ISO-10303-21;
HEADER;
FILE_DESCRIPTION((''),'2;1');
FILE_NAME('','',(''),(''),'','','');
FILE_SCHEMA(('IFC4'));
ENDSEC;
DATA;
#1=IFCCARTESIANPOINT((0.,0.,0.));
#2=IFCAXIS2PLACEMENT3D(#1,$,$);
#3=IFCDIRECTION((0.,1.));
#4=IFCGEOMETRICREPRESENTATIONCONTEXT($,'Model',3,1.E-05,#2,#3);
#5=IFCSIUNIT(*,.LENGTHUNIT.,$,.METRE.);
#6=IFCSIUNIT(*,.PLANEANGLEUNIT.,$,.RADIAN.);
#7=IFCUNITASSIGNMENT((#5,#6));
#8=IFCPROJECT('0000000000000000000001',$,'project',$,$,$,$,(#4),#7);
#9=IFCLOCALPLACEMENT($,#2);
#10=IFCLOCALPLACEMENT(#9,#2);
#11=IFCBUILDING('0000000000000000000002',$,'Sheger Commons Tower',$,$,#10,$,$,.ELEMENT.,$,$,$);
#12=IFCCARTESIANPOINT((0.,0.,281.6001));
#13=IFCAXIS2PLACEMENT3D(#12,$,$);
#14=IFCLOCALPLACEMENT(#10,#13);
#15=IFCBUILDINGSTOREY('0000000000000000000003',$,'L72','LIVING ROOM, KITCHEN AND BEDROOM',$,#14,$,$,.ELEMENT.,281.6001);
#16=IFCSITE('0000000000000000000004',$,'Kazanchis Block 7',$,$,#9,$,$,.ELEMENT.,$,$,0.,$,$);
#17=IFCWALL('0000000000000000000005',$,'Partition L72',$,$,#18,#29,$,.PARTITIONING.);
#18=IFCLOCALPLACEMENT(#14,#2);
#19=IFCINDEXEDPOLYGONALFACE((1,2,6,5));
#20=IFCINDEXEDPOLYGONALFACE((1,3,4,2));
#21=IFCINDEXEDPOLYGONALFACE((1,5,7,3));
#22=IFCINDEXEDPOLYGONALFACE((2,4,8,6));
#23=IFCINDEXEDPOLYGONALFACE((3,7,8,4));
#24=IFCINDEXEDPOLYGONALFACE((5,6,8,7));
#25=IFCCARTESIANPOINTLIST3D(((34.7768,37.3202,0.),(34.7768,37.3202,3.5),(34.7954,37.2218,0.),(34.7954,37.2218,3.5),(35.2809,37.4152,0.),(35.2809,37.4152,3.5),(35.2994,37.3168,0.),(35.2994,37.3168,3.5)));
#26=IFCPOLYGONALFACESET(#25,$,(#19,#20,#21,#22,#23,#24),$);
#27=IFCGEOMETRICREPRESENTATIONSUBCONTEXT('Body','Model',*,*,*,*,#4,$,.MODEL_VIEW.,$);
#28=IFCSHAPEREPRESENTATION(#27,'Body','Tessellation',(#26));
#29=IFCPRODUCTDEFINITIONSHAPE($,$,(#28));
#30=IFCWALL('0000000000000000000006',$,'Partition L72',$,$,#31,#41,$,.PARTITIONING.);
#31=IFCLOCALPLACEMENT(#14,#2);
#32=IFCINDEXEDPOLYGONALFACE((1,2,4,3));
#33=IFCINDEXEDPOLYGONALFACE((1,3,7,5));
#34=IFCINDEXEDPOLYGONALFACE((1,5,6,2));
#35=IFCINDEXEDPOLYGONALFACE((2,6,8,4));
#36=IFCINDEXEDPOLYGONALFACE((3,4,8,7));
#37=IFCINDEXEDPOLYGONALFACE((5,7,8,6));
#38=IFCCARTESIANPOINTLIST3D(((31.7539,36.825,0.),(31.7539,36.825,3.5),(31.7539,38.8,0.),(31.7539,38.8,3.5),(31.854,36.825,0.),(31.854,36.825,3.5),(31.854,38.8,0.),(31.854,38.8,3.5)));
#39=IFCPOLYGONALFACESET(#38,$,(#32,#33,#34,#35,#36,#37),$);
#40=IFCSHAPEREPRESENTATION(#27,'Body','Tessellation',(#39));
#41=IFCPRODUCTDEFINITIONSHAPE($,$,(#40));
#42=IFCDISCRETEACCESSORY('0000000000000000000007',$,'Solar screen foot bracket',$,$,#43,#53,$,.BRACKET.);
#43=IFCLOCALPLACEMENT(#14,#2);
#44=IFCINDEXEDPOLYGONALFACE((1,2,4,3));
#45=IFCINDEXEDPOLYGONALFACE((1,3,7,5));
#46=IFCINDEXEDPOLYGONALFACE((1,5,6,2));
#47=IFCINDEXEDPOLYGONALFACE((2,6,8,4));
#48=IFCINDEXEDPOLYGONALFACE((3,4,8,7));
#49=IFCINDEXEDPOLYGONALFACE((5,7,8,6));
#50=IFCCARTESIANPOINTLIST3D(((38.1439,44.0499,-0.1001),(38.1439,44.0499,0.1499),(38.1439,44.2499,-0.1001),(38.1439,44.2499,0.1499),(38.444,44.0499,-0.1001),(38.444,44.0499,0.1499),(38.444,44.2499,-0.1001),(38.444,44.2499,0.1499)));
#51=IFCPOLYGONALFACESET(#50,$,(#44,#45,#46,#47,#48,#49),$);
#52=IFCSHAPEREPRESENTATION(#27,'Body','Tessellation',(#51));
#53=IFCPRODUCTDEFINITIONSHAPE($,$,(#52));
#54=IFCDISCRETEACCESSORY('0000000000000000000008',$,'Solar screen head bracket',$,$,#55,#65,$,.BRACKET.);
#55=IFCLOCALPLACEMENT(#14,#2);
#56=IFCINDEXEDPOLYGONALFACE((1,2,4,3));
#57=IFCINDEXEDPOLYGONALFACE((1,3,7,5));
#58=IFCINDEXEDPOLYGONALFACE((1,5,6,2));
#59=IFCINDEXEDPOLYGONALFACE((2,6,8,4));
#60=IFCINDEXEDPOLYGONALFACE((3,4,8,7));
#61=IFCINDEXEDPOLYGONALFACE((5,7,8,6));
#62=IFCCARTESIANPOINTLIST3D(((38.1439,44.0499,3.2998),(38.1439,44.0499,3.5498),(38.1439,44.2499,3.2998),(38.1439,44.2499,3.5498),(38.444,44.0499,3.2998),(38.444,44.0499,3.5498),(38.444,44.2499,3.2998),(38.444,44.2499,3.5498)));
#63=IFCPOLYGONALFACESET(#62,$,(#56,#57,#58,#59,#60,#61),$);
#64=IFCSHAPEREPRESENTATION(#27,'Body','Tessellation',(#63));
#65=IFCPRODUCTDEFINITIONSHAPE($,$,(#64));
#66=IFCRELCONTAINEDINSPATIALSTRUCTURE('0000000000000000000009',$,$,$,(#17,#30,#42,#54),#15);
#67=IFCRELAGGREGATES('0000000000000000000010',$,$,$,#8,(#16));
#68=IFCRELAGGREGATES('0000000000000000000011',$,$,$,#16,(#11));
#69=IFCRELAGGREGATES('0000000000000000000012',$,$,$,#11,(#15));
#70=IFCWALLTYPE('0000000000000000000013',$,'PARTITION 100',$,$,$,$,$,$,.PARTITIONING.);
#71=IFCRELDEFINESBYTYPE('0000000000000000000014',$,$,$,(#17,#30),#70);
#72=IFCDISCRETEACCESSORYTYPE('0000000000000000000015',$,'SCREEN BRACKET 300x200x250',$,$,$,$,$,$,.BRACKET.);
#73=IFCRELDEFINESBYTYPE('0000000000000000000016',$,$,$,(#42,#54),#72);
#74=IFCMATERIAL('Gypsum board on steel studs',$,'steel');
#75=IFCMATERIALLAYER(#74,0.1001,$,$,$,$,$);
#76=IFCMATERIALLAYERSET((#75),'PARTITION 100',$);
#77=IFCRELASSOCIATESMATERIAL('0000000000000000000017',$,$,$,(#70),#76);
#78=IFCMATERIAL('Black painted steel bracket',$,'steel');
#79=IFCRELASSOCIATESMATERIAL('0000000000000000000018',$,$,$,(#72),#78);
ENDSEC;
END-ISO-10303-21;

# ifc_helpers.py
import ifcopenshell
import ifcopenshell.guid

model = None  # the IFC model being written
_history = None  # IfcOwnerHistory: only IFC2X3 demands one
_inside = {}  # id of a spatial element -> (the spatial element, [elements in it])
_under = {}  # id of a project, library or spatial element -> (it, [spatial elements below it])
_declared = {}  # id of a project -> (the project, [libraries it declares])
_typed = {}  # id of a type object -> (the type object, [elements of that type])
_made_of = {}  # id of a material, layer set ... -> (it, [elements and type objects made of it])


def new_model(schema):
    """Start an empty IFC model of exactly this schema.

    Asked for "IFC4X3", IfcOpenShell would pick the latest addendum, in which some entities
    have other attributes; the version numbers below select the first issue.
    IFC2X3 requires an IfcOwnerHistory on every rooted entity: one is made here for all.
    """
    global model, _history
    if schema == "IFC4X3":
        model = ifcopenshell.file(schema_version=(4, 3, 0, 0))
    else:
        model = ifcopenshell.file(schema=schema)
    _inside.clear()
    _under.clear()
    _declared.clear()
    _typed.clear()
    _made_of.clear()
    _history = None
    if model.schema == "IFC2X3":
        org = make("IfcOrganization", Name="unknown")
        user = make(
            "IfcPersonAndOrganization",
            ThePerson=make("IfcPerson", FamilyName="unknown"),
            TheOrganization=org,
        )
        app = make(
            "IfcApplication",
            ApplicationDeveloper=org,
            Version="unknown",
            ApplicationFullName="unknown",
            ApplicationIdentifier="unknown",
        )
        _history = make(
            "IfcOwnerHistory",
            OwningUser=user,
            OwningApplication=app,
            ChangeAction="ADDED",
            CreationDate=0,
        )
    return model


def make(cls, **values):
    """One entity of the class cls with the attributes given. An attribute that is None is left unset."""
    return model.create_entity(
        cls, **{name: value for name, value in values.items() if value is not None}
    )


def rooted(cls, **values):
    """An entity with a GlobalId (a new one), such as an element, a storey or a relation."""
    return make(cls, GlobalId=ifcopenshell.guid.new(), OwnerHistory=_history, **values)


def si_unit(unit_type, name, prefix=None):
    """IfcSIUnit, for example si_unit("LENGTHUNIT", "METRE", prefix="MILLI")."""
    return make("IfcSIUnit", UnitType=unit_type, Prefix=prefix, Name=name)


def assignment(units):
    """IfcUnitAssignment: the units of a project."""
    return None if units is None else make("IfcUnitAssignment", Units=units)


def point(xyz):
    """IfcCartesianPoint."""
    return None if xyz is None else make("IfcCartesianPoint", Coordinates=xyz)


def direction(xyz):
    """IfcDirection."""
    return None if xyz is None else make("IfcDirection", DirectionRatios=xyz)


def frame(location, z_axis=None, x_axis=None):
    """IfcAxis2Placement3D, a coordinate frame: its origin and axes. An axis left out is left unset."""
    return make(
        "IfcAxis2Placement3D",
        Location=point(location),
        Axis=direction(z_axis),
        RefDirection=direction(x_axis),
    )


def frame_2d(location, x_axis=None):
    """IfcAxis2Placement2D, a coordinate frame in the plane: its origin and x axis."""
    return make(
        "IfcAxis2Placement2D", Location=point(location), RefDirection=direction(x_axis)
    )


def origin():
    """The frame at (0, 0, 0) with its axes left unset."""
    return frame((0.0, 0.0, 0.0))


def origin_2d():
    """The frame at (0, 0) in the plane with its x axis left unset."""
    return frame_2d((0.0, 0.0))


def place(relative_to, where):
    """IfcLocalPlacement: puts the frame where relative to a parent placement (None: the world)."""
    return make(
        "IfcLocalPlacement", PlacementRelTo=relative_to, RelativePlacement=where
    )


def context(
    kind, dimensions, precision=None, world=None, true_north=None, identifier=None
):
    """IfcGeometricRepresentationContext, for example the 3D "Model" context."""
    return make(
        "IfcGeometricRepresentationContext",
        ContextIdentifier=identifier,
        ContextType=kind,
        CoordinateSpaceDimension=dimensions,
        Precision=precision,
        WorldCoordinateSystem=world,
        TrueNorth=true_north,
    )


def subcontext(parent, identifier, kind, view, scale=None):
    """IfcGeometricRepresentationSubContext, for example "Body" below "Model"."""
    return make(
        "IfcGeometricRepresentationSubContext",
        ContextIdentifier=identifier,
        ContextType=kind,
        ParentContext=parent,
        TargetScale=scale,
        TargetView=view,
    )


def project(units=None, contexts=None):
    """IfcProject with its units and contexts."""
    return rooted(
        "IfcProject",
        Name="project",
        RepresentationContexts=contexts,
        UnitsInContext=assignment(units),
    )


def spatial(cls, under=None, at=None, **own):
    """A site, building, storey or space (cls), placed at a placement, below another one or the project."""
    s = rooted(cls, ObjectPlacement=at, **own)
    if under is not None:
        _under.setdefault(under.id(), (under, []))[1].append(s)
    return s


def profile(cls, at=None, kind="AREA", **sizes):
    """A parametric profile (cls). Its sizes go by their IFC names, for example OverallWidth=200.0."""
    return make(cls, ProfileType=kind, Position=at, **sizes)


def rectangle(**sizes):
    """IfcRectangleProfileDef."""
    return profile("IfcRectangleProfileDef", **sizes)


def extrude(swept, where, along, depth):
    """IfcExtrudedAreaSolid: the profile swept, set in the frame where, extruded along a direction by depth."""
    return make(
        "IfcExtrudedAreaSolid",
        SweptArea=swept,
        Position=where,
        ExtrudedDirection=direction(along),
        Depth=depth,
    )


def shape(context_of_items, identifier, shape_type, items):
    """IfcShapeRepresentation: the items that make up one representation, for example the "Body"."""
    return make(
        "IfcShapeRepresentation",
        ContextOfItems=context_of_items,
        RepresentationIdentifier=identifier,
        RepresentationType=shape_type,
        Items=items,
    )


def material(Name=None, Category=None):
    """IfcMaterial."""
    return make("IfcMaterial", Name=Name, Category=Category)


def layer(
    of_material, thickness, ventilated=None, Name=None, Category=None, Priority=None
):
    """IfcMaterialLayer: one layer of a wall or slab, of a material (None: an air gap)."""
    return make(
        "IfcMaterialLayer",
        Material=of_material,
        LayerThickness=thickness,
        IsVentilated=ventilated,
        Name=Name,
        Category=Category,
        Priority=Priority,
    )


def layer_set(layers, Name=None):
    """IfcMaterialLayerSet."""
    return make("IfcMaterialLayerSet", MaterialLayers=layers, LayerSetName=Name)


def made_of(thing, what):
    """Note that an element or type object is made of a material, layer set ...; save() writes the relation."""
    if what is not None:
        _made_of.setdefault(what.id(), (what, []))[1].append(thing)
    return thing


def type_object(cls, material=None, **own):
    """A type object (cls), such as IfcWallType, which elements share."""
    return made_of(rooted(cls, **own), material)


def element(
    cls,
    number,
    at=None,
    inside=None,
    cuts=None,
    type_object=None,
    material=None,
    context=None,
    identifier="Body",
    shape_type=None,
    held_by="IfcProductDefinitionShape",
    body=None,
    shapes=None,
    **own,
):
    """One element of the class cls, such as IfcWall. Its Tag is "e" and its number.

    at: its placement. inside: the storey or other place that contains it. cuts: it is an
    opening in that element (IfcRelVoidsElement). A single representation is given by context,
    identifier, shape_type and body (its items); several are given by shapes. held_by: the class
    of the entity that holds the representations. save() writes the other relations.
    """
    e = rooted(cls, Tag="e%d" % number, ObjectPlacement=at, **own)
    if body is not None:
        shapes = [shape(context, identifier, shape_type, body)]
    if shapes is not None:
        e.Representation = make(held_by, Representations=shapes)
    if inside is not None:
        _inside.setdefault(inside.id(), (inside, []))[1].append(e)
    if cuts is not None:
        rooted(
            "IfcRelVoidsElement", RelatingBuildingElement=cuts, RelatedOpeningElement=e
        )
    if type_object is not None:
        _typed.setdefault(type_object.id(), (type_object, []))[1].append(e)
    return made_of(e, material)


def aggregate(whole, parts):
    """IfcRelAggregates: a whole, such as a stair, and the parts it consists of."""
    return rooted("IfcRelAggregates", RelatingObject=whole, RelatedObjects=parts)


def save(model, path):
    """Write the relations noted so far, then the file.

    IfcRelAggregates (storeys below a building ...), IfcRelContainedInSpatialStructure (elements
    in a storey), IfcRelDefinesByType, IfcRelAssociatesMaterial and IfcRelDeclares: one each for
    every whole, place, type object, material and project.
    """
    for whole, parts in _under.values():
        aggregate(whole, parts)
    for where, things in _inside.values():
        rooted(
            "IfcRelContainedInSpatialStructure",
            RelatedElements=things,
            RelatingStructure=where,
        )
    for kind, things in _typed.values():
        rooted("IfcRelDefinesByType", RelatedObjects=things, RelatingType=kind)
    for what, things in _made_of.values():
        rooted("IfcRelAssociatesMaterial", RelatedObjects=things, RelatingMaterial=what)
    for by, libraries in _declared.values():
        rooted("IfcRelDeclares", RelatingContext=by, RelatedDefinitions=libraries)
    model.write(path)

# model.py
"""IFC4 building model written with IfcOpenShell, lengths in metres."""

from ifc_helpers import new_model, si_unit, direction, frame, frame_2d, origin, origin_2d, place, context, subcontext, project, spatial, rectangle, extrude, material, layer, layer_set, type_object, element, save


model = new_model("IFC4")

# Units and contexts
model_context = context("Model", 3, precision=1e-05, world=origin(), true_north=direction((0.0, 1.0)))
body_context = subcontext(model_context, "Body", "Model", "MODEL_VIEW")
ifc_project = project(units=[si_unit("LENGTHUNIT", "METRE"), si_unit("PLANEANGLEUNIT", "RADIAN")], contexts=[model_context])

# Site, building, storey
site_placement = place(None, origin())
site = spatial("IfcSite", under=ifc_project, at=site_placement, Name="Kazanchis Block 7", CompositionType="ELEMENT", RefElevation=0.0)
building_placement = place(site_placement, origin())
building = spatial("IfcBuilding", under=site, at=building_placement, Name="Sheger Commons Tower", CompositionType="ELEMENT")
storey_placement = place(building_placement, frame((0.0, 0.0, 281.6001)))
storey = spatial("IfcBuildingStorey", under=building, at=storey_placement, Name="L72", Description="LIVING ROOM, KITCHEN AND BEDROOM", CompositionType="ELEMENT", Elevation=281.6001)

# Shared definitions
ifc_material_1 = material(Name="Gypsum board on steel studs", Category="steel")
ifc_layer_1 = layer(ifc_material_1, 0.1001)
ifc_layer_set_1 = layer_set([ifc_layer_1], Name="PARTITION 100")
wall_type_1 = type_object("IfcWallType", Name="PARTITION 100", PredefinedType="PARTITIONING", material=ifc_layer_set_1)

# Walls
wall_1_placement = place(storey_placement, frame((35.29, 37.366, 0.0), z_axis=(0.0, 0.0, 1.0), x_axis=(-0.982716, -0.185122, 0.0)))
element("IfcWall", 1, at=wall_1_placement, inside=storey, type_object=wall_type_1, Name="Partition L72", PredefinedType="PARTITIONING", context=body_context, shape_type="SweptSolid", body=[
    extrude(rectangle(XDim=0.5129, YDim=0.1001, at=frame_2d((0.2563, 0.0))), origin(), (0.0, 0.0, 1.0), 3.5),
])
wall_2_placement = place(storey_placement, frame((31.804, 36.825, 0.0), z_axis=(0.0, 0.0, 1.0), x_axis=(0.0, 1.0, 0.0)))
element("IfcWall", 2, at=wall_2_placement, inside=storey, type_object=wall_type_1, Name="Partition L72", PredefinedType="PARTITIONING", context=body_context, shape_type="SweptSolid", body=[
    extrude(rectangle(XDim=1.9751, YDim=0.1001, at=frame_2d((0.9875, 0.0))), origin(), (0.0, 0.0, 1.0), 3.5),
])

# Discrete accessories
ifc_material_2 = material(Name="Black painted steel bracket", Category="steel")
discrete_accessory_type = type_object("IfcDiscreteAccessoryType", Name="SCREEN BRACKET 300x200x250", PredefinedType="BRACKET", material=ifc_material_2)
for number, where, z_axis, x_axis, name in (
    (3, (38.2939, 44.1499, -0.1001), (0.0, 0.0, 1.0), (-1.0, 0.0, 0.0), "Solar screen foot bracket"),
    (4, (38.2939, 44.1499, 3.2998), (0.0, 0.0, 1.0), (-1.0, 0.0, 0.0), "Solar screen head bracket"),
):
    element("IfcDiscreteAccessory", number, at=place(storey_placement, frame(where, z_axis=z_axis, x_axis=x_axis)), inside=storey, type_object=discrete_accessory_type, Name=name, PredefinedType="BRACKET", context=body_context, shape_type="SweptSolid", body=[
        extrude(rectangle(XDim=0.3, YDim=0.2, at=origin_2d()), origin(), (0.0, 0.0, 1.0), 0.25),
    ])

save(model, "model.ifc")
